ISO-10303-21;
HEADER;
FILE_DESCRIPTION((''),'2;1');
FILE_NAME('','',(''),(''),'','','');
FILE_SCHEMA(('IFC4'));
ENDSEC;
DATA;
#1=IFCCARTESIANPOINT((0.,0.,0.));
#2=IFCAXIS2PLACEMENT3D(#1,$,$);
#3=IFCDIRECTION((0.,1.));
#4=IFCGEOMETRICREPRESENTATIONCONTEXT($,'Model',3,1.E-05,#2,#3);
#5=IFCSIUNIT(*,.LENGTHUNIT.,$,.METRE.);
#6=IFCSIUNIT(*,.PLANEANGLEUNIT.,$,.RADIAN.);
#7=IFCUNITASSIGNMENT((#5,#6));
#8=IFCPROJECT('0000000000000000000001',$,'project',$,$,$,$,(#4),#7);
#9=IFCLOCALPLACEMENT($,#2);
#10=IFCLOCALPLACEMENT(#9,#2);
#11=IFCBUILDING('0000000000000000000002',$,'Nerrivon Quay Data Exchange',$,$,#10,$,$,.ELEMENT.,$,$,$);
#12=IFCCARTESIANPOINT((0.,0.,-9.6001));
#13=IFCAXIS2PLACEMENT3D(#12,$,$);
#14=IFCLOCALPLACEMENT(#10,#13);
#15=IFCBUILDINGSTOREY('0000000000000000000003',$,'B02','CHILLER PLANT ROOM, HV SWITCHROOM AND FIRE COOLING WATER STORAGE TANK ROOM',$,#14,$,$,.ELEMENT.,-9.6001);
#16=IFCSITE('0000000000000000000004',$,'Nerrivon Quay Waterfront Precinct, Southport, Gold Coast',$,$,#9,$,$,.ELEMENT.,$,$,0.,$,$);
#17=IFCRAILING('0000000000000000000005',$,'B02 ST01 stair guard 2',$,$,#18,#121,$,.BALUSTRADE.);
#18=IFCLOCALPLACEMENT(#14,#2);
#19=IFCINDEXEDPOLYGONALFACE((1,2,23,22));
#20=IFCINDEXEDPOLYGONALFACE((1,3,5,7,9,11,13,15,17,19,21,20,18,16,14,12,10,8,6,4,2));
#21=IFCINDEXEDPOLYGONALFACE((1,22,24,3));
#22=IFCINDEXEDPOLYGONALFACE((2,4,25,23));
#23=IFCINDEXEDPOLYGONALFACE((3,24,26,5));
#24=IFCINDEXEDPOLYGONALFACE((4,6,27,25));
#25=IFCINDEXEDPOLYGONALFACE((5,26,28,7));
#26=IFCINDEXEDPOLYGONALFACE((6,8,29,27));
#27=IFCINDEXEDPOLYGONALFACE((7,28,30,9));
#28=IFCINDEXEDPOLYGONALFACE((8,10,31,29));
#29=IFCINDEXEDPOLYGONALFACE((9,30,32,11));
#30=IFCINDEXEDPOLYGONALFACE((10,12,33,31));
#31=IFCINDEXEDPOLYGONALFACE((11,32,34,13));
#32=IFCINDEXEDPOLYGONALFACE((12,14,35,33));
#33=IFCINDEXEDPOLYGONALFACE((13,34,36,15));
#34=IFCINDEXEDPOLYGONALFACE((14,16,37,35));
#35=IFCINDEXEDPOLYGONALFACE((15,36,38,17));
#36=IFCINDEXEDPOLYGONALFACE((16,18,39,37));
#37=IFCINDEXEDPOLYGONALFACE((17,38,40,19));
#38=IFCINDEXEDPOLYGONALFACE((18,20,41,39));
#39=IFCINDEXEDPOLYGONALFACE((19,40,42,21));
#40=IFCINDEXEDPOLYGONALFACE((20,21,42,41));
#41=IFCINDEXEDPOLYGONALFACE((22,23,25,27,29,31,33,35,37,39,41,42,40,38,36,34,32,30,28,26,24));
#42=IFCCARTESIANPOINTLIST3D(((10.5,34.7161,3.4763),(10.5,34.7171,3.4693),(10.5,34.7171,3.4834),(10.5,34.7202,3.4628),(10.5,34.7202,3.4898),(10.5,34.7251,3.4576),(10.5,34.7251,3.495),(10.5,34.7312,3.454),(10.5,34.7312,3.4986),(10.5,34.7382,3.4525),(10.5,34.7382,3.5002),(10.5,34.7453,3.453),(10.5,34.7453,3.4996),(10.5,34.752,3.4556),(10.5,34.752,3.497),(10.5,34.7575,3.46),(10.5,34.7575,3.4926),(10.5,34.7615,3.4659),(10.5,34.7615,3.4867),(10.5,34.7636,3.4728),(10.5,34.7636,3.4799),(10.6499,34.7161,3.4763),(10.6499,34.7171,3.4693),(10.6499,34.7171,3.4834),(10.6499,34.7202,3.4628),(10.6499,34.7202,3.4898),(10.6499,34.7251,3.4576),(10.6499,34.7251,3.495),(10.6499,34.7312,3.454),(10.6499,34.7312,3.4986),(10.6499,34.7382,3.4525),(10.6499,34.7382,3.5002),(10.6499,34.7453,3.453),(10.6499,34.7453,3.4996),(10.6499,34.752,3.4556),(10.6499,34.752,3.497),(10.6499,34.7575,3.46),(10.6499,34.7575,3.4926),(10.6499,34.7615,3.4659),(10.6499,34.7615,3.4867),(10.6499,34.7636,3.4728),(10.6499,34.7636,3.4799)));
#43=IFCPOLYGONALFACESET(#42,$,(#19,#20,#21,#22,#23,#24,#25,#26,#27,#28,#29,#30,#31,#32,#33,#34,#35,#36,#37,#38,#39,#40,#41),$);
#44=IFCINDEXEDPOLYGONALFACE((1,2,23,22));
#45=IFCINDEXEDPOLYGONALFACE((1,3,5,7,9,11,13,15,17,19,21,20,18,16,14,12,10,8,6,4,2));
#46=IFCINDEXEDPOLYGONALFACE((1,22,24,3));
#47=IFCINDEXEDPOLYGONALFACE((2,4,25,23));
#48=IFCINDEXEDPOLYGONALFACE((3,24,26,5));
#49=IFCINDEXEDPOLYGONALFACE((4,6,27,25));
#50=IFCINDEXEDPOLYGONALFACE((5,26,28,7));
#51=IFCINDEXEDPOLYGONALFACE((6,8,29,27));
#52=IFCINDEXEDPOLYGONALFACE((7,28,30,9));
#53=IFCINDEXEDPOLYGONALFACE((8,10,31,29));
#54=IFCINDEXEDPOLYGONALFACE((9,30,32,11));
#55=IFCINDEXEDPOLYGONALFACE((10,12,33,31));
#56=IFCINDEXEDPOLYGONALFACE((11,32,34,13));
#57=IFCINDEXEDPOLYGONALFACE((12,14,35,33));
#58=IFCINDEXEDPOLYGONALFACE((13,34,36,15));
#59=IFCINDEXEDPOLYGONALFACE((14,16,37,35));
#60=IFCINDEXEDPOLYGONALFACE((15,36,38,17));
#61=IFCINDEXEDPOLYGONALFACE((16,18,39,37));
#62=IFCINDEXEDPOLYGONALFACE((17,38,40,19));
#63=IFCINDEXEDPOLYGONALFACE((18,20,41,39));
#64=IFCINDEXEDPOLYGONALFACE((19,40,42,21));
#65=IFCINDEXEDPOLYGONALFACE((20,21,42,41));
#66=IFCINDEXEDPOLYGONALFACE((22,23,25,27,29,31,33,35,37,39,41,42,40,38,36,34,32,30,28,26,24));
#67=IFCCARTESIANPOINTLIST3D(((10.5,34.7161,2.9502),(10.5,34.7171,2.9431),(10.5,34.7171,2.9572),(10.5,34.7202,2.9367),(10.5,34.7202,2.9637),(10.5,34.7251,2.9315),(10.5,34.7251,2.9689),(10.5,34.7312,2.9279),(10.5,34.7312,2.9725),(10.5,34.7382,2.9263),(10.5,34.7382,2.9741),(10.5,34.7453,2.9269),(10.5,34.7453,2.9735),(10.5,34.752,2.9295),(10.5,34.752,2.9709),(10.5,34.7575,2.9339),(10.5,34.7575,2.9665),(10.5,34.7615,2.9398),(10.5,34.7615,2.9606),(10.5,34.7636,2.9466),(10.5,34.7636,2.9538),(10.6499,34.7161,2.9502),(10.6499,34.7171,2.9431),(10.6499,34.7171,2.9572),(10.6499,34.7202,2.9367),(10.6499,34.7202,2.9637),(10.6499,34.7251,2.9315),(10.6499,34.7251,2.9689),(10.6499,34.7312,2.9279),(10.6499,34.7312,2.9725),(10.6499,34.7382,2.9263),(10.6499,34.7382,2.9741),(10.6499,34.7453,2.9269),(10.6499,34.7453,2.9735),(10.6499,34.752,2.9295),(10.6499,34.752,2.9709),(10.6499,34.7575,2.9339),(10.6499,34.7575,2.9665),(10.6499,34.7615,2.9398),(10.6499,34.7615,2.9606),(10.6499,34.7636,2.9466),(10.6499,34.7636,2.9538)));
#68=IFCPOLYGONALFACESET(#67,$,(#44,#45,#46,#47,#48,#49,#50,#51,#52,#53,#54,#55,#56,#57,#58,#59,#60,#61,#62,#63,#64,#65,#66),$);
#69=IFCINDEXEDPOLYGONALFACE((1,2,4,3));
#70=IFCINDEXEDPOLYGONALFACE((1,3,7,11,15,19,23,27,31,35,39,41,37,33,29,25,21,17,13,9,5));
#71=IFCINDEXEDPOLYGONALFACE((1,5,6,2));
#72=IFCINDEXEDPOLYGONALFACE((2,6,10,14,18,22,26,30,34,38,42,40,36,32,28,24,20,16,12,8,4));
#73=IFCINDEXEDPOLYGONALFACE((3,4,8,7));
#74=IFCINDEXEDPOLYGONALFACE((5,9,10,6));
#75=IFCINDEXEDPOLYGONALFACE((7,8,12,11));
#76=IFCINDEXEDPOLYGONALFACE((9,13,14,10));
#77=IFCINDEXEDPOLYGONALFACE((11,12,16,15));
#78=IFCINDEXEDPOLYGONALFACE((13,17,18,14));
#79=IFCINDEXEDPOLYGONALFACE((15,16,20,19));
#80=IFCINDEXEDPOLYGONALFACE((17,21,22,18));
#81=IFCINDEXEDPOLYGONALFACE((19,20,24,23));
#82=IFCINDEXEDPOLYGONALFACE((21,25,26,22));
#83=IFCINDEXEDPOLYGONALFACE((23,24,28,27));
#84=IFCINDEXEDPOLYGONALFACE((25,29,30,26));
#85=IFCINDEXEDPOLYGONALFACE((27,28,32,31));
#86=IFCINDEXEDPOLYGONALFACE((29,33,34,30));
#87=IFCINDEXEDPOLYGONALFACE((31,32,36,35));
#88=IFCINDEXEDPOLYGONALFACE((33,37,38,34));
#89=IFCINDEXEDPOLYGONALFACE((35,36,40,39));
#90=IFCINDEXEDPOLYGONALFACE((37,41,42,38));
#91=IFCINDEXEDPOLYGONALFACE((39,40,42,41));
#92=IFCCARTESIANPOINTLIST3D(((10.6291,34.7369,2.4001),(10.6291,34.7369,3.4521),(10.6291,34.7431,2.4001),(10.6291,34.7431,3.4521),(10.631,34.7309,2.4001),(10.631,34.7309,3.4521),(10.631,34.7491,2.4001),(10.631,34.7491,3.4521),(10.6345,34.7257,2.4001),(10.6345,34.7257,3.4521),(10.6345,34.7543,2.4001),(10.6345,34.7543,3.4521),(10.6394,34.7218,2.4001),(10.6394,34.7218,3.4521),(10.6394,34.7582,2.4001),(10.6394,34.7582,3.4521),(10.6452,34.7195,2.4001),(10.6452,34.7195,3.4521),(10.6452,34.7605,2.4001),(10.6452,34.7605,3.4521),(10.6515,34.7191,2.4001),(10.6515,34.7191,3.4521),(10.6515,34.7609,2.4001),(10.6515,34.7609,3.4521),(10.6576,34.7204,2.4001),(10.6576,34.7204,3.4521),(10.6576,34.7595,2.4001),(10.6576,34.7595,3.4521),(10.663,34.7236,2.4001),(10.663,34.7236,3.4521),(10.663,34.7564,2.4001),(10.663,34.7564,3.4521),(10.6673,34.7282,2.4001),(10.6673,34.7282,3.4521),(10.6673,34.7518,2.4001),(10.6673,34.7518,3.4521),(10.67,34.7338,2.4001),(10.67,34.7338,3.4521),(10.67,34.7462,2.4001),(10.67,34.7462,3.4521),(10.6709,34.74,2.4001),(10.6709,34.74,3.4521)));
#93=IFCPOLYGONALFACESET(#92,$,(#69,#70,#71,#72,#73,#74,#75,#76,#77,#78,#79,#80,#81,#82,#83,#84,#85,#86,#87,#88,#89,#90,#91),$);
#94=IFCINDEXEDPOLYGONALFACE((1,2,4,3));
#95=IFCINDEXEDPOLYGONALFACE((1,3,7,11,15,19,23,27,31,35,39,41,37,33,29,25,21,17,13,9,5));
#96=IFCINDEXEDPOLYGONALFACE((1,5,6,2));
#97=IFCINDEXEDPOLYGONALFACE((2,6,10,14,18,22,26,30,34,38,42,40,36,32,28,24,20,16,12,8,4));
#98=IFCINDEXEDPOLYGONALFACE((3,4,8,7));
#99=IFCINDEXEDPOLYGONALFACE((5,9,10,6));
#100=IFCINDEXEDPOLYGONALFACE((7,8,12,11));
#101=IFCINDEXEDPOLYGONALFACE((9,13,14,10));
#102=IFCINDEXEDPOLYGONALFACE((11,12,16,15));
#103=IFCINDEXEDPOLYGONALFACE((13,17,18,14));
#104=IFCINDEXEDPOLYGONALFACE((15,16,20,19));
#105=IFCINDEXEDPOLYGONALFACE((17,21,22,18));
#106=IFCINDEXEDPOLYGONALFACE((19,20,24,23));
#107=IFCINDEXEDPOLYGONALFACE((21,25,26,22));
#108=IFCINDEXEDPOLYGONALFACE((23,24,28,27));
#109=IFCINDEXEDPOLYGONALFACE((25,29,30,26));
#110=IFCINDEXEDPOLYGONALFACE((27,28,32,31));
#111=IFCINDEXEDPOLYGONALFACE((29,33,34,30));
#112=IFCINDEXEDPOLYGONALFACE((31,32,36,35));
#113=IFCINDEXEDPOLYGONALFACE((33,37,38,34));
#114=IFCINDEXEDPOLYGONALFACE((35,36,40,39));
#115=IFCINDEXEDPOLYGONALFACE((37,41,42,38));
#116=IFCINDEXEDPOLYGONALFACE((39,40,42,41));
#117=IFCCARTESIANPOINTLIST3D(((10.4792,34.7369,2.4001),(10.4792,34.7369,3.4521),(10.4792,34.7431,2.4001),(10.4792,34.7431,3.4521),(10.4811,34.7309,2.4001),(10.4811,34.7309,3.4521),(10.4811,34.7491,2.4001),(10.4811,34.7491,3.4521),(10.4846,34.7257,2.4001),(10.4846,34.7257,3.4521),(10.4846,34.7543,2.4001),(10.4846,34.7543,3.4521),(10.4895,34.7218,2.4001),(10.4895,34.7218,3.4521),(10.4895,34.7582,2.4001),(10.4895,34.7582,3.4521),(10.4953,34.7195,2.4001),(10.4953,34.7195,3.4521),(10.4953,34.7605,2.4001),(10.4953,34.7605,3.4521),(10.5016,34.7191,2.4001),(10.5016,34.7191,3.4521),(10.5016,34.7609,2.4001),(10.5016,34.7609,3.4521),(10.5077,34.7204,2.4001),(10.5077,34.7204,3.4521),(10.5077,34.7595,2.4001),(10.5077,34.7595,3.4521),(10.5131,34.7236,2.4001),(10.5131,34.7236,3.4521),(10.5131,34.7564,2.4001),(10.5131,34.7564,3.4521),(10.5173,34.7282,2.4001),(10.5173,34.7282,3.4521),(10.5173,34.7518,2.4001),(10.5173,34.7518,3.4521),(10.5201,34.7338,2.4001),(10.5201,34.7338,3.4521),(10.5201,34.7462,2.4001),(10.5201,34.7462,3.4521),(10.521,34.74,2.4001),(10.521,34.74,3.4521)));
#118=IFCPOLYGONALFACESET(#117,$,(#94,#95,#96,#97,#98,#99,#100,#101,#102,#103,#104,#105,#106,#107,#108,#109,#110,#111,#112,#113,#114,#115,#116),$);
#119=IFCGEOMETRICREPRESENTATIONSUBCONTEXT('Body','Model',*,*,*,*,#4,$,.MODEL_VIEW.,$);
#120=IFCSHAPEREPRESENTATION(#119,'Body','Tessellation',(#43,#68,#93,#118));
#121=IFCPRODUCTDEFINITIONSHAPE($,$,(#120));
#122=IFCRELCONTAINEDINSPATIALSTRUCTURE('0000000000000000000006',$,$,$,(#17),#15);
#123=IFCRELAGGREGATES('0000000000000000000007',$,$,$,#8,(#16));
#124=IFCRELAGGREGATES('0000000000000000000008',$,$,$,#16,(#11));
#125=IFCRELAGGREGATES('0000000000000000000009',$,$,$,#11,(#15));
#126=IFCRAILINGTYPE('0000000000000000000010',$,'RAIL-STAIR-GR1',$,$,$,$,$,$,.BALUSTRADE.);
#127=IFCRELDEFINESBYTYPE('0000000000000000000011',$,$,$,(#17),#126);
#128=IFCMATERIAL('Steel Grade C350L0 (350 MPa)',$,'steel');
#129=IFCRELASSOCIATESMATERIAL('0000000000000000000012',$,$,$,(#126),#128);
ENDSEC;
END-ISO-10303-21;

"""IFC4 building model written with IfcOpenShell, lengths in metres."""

from ifc_helpers import new_model, si_unit, direction, frame, origin, origin_2d, place, context, subcontext, project, spatial, circle, extrude, material, type_object, element, save


model = new_model("IFC4")

# Units and contexts
model_context = context("Model", 3, precision=1e-05, world=origin(), true_north=direction((0.0, 1.0)))
body_context = subcontext(model_context, "Body", "Model", "MODEL_VIEW")
ifc_project = project(units=[si_unit("LENGTHUNIT", "METRE"), si_unit("PLANEANGLEUNIT", "RADIAN")], contexts=[model_context])

# Site, building, storey
site_placement = place(None, origin())
site = spatial("IfcSite", under=ifc_project, at=site_placement, Name="Nerrivon Quay Waterfront Precinct, Southport, Gold Coast", CompositionType="ELEMENT", RefElevation=0.0)
building_placement = place(site_placement, origin())
building = spatial("IfcBuilding", under=site, at=building_placement, Name="Nerrivon Quay Data Exchange", CompositionType="ELEMENT")
storey_placement = place(building_placement, frame((0.0, 0.0, -9.6001)))
storey = spatial("IfcBuildingStorey", under=building, at=storey_placement, Name="B02", Description="CHILLER PLANT ROOM, HV SWITCHROOM AND FIRE COOLING WATER STORAGE TANK ROOM", CompositionType="ELEMENT", Elevation=-9.6001)

# Railing
ifc_material_1 = material(Name="Steel Grade C350L0 (350 MPa)", Category="steel")
railing_type_1 = type_object("IfcRailingType", Name="RAIL-STAIR-GR1", PredefinedType="BALUSTRADE", material=ifc_material_1)
railing_1_placement = place(storey_placement, frame((10.6499, 34.74, 2.4001)))
element("IfcRailing", 1, at=railing_1_placement, inside=storey, type_object=railing_type_1, Name="B02 ST01 stair guard 2", PredefinedType="BALUSTRADE", context=body_context, shape_type="SweptSolid", body=[
    extrude(circle(Radius=0.0239, at=origin_2d()), frame((0.0, 0.0, 1.0762), z_axis=(-1.0, 0.0, 0.0), x_axis=(0.0, -1.0, 0.0)), (0.0, 0.0, 1.0), 0.1499),
    extrude(circle(Radius=0.0239, at=origin_2d()), frame((0.0, 0.0, 0.55), z_axis=(-1.0, 0.0, 0.0), x_axis=(0.0, -1.0, 0.0)), (0.0, 0.0, 1.0), 0.1499),
    extrude(circle(Radius=0.021, at=origin_2d()), origin(), (0.0, 0.0, 1.0), 1.052),
    extrude(circle(Radius=0.021, at=origin_2d()), frame((-0.1499, 0.0, 0.0)), (0.0, 0.0, 1.0), 1.052),
])

save(model, "model.ifc")
